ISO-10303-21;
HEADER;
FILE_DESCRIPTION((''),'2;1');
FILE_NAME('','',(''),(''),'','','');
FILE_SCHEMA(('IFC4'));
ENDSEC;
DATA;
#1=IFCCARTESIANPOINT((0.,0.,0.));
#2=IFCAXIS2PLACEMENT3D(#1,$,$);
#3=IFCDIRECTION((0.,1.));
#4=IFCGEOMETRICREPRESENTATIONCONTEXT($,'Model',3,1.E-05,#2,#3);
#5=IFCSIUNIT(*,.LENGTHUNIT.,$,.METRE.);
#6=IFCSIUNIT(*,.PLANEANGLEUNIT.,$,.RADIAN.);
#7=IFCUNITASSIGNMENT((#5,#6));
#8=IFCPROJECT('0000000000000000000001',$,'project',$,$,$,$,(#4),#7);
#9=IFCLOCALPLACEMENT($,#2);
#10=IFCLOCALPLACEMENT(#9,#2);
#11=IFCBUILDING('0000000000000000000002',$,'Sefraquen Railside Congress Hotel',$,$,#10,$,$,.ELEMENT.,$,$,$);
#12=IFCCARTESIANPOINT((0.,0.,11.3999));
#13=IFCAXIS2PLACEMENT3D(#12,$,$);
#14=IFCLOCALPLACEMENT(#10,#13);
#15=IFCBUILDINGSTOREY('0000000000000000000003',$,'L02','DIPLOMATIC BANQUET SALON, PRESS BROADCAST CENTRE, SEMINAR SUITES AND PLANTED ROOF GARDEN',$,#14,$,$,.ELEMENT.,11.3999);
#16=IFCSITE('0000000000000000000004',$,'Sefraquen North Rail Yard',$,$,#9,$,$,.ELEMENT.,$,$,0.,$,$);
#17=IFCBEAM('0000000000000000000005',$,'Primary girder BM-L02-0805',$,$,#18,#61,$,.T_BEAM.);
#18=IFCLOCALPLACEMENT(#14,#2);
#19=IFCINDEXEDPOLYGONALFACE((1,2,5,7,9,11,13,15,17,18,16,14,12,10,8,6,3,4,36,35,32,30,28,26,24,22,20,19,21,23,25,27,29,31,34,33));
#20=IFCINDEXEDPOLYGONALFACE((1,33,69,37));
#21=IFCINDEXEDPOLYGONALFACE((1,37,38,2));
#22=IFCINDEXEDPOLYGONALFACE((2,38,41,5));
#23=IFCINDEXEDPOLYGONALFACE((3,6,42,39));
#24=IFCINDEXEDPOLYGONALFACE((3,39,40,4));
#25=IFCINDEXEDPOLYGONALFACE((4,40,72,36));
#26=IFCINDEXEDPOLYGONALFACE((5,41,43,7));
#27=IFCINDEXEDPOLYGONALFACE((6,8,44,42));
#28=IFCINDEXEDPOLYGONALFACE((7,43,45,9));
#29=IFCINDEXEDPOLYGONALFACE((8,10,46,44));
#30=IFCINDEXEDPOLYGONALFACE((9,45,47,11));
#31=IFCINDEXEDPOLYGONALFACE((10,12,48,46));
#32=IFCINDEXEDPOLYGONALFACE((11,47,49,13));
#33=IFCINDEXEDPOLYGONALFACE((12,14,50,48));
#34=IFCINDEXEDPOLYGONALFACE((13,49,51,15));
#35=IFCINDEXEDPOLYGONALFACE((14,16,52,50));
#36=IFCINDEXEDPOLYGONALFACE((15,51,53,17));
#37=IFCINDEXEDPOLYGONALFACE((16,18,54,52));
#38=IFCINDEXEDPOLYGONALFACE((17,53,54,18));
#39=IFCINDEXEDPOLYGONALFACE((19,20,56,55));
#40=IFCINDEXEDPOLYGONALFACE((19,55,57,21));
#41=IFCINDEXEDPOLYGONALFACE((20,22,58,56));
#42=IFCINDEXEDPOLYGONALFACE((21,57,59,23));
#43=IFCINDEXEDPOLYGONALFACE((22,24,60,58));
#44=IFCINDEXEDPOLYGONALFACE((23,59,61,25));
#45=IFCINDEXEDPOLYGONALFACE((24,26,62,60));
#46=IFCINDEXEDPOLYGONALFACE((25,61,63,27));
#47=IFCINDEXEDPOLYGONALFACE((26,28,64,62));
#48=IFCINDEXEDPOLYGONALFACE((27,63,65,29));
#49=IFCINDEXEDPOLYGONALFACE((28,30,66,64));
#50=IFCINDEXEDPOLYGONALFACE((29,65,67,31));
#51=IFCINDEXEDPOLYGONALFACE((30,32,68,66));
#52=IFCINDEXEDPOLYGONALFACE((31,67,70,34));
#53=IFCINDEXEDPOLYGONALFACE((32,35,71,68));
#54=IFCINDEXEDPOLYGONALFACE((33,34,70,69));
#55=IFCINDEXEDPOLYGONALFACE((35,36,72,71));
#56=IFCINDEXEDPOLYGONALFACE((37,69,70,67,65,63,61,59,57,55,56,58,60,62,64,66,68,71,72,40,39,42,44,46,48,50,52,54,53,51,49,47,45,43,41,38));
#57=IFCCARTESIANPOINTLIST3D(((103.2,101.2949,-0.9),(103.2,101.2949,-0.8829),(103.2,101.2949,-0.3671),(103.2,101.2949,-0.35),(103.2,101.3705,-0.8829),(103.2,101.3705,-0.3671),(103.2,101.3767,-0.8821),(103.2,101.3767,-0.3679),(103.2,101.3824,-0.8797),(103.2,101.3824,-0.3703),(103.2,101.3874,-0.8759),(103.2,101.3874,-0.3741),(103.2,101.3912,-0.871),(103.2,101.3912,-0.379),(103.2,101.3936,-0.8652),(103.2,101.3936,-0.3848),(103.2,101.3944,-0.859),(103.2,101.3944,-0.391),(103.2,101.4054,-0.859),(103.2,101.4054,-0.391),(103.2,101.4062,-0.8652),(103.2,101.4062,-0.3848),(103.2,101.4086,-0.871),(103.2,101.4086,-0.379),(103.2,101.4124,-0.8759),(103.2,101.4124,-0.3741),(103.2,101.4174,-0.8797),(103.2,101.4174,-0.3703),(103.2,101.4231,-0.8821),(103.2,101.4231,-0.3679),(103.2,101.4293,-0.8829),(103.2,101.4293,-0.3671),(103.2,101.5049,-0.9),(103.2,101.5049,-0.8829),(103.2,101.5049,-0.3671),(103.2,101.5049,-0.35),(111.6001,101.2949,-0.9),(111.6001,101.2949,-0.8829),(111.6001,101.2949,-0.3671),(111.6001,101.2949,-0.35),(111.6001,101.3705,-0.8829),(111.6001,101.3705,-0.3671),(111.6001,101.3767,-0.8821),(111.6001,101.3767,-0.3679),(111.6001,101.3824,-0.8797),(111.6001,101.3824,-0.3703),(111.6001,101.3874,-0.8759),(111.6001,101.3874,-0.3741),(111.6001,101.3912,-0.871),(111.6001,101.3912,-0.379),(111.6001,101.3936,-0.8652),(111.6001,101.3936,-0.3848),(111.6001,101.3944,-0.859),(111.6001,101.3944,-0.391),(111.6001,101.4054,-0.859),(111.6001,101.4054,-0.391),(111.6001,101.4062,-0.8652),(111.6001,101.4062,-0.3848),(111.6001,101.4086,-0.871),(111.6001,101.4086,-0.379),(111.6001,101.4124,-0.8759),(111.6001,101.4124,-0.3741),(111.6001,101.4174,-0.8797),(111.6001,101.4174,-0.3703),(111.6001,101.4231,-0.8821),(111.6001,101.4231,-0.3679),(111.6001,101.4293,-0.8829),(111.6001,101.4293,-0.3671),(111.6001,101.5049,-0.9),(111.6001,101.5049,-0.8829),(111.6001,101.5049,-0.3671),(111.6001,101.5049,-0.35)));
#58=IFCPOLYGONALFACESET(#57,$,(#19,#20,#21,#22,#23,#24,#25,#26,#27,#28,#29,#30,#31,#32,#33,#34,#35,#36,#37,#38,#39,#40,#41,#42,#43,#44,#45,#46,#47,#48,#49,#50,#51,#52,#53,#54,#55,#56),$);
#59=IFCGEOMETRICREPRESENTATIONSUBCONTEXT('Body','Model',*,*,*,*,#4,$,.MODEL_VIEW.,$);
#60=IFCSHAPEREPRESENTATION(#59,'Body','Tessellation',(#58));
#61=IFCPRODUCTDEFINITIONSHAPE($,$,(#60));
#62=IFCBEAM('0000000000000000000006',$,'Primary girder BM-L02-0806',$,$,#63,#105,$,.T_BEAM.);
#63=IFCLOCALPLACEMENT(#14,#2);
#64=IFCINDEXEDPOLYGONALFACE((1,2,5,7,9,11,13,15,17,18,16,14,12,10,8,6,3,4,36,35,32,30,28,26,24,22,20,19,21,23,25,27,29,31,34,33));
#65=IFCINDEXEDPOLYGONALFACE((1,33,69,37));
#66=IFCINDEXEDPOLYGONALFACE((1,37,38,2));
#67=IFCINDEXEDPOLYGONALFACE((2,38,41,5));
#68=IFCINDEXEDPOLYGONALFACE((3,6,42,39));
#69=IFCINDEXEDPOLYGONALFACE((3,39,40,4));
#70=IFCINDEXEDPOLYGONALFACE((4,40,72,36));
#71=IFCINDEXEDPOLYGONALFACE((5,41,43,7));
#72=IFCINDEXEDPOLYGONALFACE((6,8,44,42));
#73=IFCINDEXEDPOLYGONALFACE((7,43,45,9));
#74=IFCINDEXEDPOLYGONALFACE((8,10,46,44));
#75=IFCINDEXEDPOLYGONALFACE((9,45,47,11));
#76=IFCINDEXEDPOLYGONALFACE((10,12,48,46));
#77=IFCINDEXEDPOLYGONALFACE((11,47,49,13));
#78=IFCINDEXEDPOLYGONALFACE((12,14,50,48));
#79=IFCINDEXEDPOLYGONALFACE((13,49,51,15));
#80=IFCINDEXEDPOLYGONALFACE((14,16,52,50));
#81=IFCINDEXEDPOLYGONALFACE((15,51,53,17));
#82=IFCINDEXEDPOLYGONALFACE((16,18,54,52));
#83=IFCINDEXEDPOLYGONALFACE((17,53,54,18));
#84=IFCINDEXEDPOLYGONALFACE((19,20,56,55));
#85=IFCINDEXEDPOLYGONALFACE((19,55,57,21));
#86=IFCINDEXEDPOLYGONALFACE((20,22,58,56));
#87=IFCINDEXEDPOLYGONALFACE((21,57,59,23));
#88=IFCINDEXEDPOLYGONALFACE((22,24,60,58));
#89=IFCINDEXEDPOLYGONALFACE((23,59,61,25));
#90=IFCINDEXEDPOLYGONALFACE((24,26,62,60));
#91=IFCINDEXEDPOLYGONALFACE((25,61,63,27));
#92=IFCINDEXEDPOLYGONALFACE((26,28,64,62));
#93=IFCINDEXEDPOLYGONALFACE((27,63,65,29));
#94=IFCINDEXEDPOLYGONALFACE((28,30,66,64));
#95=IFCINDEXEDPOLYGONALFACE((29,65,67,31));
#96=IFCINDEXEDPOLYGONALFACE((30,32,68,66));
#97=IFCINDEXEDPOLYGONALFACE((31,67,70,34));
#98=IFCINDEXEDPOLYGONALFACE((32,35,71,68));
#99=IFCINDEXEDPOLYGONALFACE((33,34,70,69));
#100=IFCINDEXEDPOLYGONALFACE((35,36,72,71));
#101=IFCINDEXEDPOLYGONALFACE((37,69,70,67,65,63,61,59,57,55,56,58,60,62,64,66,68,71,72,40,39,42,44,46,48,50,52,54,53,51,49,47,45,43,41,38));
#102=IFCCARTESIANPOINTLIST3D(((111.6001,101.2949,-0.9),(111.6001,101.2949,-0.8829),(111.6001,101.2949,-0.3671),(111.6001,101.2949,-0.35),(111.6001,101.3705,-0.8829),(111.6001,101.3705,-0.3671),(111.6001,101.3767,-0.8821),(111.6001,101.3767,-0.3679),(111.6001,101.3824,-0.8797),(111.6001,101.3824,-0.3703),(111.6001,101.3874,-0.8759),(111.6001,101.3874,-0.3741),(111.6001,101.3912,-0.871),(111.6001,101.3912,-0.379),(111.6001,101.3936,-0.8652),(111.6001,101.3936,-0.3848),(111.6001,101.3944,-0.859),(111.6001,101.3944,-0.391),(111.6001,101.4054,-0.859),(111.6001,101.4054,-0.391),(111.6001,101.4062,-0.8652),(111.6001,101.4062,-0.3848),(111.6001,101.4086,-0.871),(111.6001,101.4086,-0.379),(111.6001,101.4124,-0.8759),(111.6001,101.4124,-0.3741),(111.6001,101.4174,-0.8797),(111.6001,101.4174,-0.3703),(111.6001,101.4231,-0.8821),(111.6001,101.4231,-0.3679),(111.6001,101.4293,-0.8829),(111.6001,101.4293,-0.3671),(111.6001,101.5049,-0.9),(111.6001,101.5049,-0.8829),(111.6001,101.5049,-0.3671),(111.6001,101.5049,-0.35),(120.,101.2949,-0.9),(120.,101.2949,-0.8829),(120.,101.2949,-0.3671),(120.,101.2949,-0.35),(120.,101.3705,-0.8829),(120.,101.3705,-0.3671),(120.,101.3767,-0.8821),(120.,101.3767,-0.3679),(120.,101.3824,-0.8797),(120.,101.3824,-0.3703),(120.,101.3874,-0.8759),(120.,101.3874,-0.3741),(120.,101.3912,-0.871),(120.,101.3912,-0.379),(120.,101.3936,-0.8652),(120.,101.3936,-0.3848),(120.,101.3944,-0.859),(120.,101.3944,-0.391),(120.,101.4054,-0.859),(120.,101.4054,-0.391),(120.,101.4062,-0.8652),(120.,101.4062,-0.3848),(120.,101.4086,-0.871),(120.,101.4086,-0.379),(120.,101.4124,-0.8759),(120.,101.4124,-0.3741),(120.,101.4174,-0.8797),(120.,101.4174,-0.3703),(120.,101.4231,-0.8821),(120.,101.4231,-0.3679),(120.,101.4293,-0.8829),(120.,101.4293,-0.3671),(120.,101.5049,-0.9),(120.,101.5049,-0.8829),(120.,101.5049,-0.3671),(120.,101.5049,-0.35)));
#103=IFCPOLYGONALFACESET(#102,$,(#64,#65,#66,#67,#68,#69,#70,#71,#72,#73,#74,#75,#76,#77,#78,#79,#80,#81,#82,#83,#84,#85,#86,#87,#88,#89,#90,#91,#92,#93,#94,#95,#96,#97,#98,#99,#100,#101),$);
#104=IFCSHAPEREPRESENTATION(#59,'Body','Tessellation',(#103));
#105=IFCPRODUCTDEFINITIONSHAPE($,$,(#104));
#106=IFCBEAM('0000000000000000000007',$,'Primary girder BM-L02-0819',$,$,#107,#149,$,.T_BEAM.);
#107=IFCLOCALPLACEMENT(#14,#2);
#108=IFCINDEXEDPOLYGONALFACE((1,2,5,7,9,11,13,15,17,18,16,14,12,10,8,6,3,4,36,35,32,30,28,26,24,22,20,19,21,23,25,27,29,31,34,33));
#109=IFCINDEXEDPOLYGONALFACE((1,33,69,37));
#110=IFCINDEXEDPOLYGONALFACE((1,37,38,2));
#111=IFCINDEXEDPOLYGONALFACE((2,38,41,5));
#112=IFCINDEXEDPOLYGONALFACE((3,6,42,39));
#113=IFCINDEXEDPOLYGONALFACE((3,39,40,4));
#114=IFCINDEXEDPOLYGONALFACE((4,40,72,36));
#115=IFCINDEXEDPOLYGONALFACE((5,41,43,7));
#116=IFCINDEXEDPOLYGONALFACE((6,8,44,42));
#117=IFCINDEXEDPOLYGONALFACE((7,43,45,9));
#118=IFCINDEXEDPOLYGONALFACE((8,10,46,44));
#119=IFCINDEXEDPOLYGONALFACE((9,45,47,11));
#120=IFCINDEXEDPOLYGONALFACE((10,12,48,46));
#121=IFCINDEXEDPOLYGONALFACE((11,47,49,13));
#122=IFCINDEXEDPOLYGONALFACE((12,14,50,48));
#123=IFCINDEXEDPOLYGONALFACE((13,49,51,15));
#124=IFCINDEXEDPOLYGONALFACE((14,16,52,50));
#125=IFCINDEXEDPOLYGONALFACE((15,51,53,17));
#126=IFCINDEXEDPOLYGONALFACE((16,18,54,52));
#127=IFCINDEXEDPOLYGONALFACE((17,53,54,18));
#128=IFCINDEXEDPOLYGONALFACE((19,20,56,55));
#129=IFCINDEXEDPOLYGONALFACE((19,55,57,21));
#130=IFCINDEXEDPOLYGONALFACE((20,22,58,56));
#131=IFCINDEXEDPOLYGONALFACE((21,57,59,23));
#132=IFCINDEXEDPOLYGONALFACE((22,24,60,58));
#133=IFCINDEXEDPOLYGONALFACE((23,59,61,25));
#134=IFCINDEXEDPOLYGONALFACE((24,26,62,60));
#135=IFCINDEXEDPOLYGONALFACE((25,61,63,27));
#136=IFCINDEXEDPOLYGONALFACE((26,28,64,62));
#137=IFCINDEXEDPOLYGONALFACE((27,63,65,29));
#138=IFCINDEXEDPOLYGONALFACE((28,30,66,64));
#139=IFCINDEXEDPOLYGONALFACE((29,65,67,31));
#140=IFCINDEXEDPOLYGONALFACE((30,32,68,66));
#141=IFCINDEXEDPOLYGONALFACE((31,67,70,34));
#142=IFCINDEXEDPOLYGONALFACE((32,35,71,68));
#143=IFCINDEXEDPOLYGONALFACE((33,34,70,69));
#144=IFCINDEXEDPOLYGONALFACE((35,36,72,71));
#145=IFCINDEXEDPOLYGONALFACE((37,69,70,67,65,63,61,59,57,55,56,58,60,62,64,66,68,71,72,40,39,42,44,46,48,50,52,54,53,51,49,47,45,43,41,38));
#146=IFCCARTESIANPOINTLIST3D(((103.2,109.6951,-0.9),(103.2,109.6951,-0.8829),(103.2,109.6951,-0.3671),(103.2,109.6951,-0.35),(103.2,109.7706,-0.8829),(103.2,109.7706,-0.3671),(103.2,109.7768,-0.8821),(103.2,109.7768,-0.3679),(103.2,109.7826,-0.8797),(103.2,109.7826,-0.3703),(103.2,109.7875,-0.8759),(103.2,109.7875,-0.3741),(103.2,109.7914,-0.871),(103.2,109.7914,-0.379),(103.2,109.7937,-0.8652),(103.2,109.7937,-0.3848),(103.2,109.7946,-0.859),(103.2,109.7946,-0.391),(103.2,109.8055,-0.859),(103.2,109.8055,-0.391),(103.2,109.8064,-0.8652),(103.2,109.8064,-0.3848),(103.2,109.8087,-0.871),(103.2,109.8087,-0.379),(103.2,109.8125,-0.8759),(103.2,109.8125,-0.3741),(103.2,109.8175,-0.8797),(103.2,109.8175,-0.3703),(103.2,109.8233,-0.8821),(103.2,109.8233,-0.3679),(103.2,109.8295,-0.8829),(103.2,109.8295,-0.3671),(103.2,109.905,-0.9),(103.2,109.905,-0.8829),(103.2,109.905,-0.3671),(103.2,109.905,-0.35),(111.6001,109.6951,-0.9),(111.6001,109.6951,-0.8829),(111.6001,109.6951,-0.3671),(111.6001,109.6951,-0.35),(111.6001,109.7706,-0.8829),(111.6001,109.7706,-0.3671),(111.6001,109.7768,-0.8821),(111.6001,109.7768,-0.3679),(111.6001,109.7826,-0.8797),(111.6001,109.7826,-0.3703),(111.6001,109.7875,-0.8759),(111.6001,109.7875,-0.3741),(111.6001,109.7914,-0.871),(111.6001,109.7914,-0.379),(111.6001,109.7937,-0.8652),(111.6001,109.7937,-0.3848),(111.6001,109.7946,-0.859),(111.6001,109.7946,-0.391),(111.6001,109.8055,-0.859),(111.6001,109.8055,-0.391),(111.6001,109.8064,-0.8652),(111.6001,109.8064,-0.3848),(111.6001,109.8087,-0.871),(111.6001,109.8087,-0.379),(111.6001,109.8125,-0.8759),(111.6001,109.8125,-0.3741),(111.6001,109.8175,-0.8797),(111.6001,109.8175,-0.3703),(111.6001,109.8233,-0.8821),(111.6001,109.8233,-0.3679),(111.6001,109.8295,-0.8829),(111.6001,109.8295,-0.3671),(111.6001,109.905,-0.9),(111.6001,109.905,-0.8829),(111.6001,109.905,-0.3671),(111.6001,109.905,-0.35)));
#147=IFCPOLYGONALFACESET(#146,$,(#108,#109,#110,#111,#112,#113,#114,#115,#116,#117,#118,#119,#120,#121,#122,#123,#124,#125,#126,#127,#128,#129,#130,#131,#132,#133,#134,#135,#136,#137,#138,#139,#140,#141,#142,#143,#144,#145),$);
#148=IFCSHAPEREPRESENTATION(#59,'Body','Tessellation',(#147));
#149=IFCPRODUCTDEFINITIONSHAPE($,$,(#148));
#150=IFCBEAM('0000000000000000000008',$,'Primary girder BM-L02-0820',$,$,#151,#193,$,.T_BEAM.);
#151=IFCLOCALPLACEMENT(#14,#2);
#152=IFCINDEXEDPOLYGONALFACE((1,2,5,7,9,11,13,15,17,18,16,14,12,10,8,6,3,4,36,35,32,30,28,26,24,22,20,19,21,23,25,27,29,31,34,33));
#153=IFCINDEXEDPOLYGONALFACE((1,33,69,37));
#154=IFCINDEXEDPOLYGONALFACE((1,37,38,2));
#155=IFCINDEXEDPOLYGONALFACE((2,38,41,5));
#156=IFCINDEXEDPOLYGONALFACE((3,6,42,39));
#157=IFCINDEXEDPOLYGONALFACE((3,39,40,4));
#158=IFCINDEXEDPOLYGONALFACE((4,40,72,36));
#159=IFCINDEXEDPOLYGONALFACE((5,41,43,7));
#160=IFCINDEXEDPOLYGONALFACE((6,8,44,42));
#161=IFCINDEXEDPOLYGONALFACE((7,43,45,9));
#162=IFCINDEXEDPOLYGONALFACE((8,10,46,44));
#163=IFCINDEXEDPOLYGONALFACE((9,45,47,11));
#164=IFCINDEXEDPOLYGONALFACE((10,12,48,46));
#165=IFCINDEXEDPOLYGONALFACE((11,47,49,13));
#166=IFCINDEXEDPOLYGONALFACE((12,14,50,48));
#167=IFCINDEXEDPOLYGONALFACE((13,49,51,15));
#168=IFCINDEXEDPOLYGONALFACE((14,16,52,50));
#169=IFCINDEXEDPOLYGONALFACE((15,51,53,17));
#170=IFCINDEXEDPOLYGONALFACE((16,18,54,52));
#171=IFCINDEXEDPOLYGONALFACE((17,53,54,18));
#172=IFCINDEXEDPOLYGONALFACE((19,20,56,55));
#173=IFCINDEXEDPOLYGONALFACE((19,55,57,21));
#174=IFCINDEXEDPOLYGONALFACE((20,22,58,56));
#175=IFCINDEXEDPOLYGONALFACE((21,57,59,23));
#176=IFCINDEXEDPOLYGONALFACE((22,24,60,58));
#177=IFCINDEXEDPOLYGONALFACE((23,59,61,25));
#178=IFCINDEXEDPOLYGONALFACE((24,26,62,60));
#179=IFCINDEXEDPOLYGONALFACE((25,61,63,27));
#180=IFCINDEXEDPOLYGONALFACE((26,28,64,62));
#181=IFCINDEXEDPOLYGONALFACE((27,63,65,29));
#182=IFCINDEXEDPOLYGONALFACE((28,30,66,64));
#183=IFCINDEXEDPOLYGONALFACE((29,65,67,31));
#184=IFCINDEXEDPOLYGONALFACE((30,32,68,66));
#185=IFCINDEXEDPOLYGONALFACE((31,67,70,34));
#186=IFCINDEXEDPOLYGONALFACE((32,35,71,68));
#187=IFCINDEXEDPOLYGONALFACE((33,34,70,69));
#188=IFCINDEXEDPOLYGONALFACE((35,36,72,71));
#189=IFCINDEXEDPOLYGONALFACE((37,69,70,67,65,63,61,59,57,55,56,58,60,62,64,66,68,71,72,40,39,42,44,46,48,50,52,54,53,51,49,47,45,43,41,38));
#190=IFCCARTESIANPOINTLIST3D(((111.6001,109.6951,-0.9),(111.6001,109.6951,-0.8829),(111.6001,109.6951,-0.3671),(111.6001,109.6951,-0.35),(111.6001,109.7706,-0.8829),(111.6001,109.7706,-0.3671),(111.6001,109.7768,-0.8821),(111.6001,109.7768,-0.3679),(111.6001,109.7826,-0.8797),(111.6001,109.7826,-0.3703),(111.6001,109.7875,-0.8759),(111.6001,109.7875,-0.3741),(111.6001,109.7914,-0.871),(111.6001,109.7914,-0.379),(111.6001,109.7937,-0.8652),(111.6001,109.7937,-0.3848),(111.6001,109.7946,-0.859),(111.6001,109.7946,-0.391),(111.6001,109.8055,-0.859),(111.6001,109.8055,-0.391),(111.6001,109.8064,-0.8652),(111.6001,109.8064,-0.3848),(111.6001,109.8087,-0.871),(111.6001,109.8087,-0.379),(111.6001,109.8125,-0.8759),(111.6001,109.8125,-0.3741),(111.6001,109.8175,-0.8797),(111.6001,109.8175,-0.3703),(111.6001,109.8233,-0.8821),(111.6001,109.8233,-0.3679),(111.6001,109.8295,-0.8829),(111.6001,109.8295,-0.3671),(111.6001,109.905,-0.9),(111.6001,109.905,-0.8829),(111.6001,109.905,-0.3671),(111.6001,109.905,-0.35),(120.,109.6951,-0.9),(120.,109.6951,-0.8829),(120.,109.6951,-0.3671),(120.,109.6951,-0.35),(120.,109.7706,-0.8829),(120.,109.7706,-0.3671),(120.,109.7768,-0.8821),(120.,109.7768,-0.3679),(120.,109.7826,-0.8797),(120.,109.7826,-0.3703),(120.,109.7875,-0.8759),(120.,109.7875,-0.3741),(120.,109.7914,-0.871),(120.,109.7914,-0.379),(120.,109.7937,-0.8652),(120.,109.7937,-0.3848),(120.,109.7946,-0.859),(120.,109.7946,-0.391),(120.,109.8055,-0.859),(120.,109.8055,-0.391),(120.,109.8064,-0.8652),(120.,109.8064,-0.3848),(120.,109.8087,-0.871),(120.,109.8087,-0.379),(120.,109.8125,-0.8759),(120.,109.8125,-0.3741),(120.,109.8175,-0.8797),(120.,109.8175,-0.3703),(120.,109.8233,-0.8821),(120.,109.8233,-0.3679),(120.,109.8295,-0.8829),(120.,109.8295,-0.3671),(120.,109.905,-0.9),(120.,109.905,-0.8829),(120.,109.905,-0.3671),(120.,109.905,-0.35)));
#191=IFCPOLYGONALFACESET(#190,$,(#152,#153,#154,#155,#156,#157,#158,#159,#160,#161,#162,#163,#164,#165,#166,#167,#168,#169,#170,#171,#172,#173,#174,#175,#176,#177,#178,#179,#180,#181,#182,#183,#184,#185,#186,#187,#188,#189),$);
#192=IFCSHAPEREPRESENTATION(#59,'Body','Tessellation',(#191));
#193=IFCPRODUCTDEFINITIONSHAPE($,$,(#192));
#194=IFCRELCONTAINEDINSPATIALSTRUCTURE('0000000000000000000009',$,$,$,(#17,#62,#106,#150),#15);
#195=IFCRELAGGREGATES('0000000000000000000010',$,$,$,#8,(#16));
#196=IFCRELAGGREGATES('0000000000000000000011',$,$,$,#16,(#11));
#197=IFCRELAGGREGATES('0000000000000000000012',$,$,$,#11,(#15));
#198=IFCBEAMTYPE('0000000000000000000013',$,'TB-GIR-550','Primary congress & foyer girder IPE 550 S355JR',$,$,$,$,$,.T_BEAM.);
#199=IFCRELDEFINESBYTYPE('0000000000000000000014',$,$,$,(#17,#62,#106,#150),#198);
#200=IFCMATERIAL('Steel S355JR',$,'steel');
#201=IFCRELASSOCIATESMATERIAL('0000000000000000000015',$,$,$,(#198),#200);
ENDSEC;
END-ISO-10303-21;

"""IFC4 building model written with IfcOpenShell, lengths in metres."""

from ifc_helpers import new_model, si_unit, direction, frame, origin, origin_2d, place, context, subcontext, project, spatial, i_section, extrude, material, material_profile, profile_set, type_object, element, save


model = new_model("IFC4")

# Units and contexts
model_context = context("Model", 3, precision=1e-05, world=origin(), true_north=direction((0.0, 1.0)))
body_context = subcontext(model_context, "Body", "Model", "MODEL_VIEW")
ifc_project = project(units=[si_unit("LENGTHUNIT", "METRE"), si_unit("PLANEANGLEUNIT", "RADIAN")], contexts=[model_context])

# Site, building, storey
site_placement = place(None, origin())
site = spatial("IfcSite", under=ifc_project, at=site_placement, Name="Sefraquen North Rail Yard", CompositionType="ELEMENT", RefElevation=0.0)
building_placement = place(site_placement, origin())
building = spatial("IfcBuilding", under=site, at=building_placement, Name="Sefraquen Railside Congress Hotel", CompositionType="ELEMENT")
storey_placement = place(building_placement, frame((0.0, 0.0, 11.3999)))
storey = spatial("IfcBuildingStorey", under=building, at=storey_placement, Name="L02", Description="DIPLOMATIC BANQUET SALON, PRESS BROADCAST CENTRE, SEMINAR SUITES AND PLANTED ROOF GARDEN", CompositionType="ELEMENT", Elevation=11.3999)

# Shared definitions
ifc_material = material(Name="Steel S355JR", Category="steel")

# Beams
ifc_material_profile_1 = material_profile(ifc_material, i_section(OverallWidth=0.21, OverallDepth=0.55, WebThickness=0.011, FlangeThickness=0.0171, FilletRadius=0.0239, at=origin_2d()), Name="IPE 550")
ifc_profile_set_1 = profile_set([ifc_material_profile_1], Name="Steel S355JR")
beam_type_1 = type_object("IfcBeamType", Name="TB-GIR-550", Description="Primary congress & foyer girder IPE 550 S355JR", PredefinedType="T_BEAM", material=ifc_profile_set_1)
beam_1_placement = place(storey_placement, frame((103.2, 101.3999, -0.625), z_axis=(1.0, 0.0, 0.0), x_axis=(0.0, 1.0, 0.0)))
element("IfcBeam", 1, at=beam_1_placement, inside=storey, type_object=beam_type_1, Name="Primary girder BM-L02-0805", PredefinedType="T_BEAM", context=body_context, shape_type="SweptSolid", body=[
    extrude(i_section(OverallWidth=0.21, OverallDepth=0.55, WebThickness=0.011, FlangeThickness=0.0171, FilletRadius=0.0239, at=origin_2d()), origin(), (0.0, 0.0, 1.0), 8.4001),
])
beam_2_placement = place(storey_placement, frame((111.6001, 101.3999, -0.625), z_axis=(1.0, 0.0, 0.0), x_axis=(0.0, 1.0, 0.0)))
element("IfcBeam", 2, at=beam_2_placement, inside=storey, type_object=beam_type_1, Name="Primary girder BM-L02-0806", PredefinedType="T_BEAM", context=body_context, shape_type="SweptSolid", body=[
    extrude(i_section(OverallWidth=0.21, OverallDepth=0.55, WebThickness=0.011, FlangeThickness=0.0171, FilletRadius=0.0239, at=origin_2d()), origin(), (0.0, 0.0, 1.0), 8.3999),
])
beam_3_placement = place(storey_placement, frame((103.2, 109.8, -0.625), z_axis=(1.0, 0.0, 0.0), x_axis=(0.0, 1.0, 0.0)))
element("IfcBeam", 3, at=beam_3_placement, inside=storey, type_object=beam_type_1, Name="Primary girder BM-L02-0819", PredefinedType="T_BEAM", context=body_context, shape_type="SweptSolid", body=[
    extrude(i_section(OverallWidth=0.21, OverallDepth=0.55, WebThickness=0.011, FlangeThickness=0.0171, FilletRadius=0.0239, at=origin_2d()), origin(), (0.0, 0.0, 1.0), 8.4001),
])
beam_4_placement = place(storey_placement, frame((111.6001, 109.8, -0.625), z_axis=(1.0, 0.0, 0.0), x_axis=(0.0, 1.0, 0.0)))
element("IfcBeam", 4, at=beam_4_placement, inside=storey, type_object=beam_type_1, Name="Primary girder BM-L02-0820", PredefinedType="T_BEAM", context=body_context, shape_type="SweptSolid", body=[
    extrude(i_section(OverallWidth=0.21, OverallDepth=0.55, WebThickness=0.011, FlangeThickness=0.0171, FilletRadius=0.0239, at=origin_2d()), origin(), (0.0, 0.0, 1.0), 8.3999),
])

save(model, "model.ifc")
